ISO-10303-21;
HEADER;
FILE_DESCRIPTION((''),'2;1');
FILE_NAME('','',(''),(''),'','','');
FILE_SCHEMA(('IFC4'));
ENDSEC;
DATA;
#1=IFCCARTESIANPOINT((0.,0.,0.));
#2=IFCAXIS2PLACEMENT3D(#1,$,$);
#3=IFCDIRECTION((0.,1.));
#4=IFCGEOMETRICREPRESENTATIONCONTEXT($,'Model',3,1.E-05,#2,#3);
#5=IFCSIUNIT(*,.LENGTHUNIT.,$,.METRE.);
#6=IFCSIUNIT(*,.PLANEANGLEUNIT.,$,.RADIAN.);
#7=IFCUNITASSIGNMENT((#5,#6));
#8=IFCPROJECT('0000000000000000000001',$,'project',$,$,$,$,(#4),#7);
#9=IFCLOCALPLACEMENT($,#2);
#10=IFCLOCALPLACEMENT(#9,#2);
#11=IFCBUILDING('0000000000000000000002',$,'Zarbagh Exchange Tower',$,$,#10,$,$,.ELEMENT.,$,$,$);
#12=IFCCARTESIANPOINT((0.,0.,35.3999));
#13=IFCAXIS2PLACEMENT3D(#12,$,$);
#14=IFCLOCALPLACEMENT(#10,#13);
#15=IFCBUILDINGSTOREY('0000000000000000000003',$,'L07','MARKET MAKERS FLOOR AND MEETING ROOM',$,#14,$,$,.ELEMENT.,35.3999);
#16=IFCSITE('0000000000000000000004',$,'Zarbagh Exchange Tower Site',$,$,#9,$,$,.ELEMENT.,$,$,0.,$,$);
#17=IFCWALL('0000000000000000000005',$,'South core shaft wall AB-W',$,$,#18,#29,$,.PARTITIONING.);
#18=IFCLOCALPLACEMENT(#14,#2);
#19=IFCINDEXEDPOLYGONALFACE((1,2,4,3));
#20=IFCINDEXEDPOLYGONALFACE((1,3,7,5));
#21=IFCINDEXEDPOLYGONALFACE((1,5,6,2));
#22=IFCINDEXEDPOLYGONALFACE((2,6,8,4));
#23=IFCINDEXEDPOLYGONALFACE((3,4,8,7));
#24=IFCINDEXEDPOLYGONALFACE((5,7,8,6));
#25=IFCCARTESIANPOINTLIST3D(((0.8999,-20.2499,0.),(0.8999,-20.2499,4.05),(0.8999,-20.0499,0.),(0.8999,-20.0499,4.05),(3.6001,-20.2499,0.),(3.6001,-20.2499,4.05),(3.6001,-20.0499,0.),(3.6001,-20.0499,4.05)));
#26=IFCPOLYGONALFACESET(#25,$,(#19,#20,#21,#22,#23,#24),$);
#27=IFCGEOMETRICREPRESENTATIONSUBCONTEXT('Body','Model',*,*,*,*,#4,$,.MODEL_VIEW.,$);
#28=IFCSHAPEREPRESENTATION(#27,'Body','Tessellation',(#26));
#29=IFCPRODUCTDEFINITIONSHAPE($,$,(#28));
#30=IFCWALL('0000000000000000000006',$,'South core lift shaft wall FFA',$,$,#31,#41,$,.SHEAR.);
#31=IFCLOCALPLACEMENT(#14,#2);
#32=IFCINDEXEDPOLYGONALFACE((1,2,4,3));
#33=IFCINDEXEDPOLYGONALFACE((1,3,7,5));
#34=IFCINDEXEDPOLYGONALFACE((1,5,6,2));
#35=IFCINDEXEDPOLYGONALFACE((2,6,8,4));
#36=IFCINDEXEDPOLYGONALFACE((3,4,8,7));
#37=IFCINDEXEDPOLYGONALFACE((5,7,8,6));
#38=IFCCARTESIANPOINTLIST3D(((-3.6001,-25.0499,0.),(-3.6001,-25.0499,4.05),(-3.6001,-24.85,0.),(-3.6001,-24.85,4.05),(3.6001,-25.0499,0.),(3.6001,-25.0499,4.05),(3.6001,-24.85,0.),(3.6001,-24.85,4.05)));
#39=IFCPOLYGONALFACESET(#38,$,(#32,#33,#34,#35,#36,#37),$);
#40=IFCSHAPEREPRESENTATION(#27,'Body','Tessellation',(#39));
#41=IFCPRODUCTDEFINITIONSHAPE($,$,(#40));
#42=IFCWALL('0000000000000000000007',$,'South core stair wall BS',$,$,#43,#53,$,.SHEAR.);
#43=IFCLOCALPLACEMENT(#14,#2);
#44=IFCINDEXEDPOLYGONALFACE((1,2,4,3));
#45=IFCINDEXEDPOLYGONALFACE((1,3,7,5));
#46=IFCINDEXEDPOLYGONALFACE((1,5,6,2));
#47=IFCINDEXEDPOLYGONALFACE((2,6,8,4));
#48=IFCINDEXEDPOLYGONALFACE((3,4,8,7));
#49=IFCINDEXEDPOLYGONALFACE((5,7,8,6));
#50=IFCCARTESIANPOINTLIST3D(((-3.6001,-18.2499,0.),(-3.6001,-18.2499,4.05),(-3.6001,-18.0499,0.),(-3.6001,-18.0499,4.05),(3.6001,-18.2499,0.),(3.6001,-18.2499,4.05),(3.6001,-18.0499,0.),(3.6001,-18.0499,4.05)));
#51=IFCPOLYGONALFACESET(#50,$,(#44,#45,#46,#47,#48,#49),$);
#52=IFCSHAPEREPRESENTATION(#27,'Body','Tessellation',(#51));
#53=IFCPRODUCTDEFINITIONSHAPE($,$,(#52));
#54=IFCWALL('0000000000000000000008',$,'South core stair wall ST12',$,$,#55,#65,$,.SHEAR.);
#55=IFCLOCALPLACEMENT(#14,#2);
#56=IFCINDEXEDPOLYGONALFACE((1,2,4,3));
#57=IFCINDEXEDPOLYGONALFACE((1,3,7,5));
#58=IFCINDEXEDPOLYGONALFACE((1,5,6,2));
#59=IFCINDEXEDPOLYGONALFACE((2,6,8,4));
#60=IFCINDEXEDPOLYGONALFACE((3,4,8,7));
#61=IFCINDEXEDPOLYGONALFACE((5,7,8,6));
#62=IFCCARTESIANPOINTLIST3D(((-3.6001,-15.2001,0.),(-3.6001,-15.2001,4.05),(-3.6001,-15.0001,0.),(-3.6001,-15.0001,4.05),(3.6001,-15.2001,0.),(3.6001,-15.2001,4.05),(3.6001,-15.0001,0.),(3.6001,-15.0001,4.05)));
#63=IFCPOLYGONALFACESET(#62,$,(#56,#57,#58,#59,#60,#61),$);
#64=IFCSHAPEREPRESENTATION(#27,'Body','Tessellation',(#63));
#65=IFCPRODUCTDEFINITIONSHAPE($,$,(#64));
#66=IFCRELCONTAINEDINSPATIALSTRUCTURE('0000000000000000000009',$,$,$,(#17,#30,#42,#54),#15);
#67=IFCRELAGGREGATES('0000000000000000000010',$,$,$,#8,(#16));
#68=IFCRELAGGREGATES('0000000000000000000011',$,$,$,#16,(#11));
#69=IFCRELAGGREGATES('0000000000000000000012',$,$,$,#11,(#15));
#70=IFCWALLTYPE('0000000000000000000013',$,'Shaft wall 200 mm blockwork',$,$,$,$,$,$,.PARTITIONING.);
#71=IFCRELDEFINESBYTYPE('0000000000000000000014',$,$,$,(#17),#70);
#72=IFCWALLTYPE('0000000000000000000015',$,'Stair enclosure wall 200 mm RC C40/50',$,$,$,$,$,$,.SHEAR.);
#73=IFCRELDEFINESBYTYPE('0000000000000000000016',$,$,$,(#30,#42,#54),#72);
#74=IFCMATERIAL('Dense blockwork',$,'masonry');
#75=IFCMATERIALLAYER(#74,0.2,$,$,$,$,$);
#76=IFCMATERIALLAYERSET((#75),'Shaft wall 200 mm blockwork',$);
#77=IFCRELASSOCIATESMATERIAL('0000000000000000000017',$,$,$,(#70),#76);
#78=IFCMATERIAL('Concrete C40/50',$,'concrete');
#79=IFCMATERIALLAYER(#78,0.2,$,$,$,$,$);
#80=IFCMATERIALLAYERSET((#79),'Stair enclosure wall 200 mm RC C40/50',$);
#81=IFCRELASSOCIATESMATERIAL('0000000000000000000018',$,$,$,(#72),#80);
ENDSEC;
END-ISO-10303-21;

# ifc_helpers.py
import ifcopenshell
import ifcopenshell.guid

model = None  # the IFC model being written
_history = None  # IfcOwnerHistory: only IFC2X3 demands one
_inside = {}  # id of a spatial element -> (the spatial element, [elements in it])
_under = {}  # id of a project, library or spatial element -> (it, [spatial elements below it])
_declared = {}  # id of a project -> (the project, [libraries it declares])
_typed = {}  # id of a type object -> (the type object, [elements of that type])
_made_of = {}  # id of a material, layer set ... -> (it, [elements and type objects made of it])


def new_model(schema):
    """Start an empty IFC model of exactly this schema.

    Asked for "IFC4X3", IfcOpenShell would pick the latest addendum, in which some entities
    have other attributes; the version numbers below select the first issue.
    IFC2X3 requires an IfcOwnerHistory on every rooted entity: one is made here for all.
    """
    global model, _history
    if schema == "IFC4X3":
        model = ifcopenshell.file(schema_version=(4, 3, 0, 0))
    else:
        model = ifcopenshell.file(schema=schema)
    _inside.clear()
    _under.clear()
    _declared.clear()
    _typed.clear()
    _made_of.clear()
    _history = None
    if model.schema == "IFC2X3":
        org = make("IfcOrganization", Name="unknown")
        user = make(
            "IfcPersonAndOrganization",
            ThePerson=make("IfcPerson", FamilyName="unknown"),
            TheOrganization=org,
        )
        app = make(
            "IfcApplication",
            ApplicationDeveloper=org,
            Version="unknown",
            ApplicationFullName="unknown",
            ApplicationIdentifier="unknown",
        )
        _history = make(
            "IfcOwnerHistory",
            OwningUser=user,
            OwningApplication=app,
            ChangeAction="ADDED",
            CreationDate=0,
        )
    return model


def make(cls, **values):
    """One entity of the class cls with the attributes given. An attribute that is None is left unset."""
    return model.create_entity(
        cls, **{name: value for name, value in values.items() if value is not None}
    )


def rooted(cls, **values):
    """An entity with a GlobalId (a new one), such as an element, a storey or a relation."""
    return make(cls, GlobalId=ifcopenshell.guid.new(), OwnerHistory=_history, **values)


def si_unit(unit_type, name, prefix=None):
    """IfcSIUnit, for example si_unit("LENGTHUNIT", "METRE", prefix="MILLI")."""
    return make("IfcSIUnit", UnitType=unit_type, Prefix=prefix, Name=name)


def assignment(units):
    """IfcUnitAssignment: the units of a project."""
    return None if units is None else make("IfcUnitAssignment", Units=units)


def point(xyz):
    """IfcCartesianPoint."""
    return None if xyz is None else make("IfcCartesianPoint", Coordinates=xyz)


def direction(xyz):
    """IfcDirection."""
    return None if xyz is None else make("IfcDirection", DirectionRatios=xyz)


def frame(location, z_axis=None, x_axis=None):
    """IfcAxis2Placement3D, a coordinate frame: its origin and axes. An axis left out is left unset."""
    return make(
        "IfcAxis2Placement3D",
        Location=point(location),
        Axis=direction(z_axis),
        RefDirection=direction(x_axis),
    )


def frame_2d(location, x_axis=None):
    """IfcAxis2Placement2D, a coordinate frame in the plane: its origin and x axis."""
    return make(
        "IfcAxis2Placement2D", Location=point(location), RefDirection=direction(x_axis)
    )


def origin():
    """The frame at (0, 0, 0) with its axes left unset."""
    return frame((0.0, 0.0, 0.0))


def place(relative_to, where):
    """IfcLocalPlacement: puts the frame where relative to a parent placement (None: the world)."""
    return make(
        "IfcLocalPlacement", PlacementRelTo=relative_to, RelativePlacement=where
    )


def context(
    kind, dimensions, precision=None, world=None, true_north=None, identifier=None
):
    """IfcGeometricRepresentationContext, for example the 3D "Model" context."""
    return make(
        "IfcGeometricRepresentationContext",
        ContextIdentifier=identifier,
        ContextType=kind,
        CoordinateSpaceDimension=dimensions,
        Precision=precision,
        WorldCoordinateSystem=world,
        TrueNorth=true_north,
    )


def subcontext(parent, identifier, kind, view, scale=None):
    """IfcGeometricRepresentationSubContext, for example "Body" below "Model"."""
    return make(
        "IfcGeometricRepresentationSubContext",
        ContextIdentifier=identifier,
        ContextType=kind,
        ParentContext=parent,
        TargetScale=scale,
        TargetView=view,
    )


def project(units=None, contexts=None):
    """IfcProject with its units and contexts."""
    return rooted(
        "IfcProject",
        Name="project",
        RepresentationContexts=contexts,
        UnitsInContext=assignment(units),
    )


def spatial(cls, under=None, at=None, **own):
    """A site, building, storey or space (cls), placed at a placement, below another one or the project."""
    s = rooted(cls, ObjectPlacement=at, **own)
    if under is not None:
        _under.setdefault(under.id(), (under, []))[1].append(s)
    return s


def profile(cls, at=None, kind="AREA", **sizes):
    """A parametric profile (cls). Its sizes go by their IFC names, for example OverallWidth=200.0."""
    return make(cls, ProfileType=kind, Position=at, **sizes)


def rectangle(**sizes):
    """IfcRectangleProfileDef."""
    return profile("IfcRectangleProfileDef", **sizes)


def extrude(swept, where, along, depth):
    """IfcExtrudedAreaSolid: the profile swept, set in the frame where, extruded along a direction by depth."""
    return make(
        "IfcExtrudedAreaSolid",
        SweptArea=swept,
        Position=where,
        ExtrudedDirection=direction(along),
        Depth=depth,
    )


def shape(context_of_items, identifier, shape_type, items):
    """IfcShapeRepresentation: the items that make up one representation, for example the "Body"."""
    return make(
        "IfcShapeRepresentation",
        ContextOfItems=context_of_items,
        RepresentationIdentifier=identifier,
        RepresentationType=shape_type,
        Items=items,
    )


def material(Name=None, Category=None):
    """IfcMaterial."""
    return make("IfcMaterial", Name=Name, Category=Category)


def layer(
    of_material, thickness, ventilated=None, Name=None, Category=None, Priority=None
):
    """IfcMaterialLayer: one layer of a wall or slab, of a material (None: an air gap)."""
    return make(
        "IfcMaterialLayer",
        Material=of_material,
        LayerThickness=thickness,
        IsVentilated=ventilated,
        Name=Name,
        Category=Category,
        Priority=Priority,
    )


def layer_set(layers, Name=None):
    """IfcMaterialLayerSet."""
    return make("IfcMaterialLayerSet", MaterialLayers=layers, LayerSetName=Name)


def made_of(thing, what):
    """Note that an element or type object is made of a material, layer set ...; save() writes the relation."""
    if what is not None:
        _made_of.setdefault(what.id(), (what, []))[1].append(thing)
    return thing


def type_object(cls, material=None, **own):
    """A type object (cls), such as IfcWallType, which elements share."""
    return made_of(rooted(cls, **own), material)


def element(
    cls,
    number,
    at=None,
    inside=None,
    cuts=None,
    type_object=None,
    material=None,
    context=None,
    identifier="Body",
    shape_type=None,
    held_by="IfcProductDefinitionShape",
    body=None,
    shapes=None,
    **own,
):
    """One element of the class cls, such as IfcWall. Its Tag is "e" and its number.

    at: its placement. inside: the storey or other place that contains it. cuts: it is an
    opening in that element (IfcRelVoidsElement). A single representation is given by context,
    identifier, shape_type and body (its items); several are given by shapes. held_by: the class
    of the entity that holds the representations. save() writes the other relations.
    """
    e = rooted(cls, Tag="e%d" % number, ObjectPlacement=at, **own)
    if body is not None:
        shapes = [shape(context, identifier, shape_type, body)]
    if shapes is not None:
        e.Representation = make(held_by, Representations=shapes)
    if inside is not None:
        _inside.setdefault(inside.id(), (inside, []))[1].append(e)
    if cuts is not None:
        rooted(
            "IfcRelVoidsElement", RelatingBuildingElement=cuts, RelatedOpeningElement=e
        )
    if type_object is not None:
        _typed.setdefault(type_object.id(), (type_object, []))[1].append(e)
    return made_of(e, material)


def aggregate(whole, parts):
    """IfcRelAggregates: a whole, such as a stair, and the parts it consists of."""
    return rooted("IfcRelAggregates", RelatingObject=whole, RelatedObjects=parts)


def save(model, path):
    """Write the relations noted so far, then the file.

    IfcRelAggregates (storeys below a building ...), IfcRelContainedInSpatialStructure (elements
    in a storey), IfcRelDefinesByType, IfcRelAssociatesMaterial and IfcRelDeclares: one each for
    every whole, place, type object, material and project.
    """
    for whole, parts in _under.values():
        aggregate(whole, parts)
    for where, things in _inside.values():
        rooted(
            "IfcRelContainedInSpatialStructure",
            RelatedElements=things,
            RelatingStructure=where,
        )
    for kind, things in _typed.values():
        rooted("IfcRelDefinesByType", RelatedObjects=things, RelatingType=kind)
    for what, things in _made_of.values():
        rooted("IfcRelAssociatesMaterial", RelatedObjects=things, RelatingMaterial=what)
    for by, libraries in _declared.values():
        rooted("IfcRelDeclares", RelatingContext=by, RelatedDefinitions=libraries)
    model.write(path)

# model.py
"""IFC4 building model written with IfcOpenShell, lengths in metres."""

from ifc_helpers import new_model, si_unit, direction, frame, frame_2d, origin, place, context, subcontext, project, spatial, rectangle, extrude, material, layer, layer_set, type_object, element, save


model = new_model("IFC4")

# Units and contexts
model_context = context("Model", 3, precision=1e-05, world=origin(), true_north=direction((0.0, 1.0)))
body_context = subcontext(model_context, "Body", "Model", "MODEL_VIEW")
ifc_project = project(units=[si_unit("LENGTHUNIT", "METRE"), si_unit("PLANEANGLEUNIT", "RADIAN")], contexts=[model_context])

# Site, building, storey
site_placement = place(None, origin())
site = spatial("IfcSite", under=ifc_project, at=site_placement, Name="Zarbagh Exchange Tower Site", CompositionType="ELEMENT", RefElevation=0.0)
building_placement = place(site_placement, origin())
building = spatial("IfcBuilding", under=site, at=building_placement, Name="Zarbagh Exchange Tower", CompositionType="ELEMENT")
storey_placement = place(building_placement, frame((0.0, 0.0, 35.3999)))
storey = spatial("IfcBuildingStorey", under=building, at=storey_placement, Name="L07", Description="MARKET MAKERS FLOOR AND MEETING ROOM", CompositionType="ELEMENT", Elevation=35.3999)

# Shared definitions
ifc_material_1 = material(Name="Dense blockwork", Category="masonry")

# Walls
ifc_layer_1 = layer(ifc_material_1, 0.2)
ifc_layer_set_1 = layer_set([ifc_layer_1], Name="Shaft wall 200 mm blockwork")
wall_type_1 = type_object("IfcWallType", Name="Shaft wall 200 mm blockwork", PredefinedType="PARTITIONING", material=ifc_layer_set_1)
wall_1_placement = place(storey_placement, frame((3.6001, -20.1499, 0.0), z_axis=(0.0, 0.0, 1.0), x_axis=(-1.0, 0.0, 0.0)))
element("IfcWall", 1, at=wall_1_placement, inside=storey, type_object=wall_type_1, Name="South core shaft wall AB-W", PredefinedType="PARTITIONING", context=body_context, shape_type="SweptSolid", body=[
    extrude(rectangle(XDim=2.7002, YDim=0.2, at=frame_2d((1.3501, 0.0))), origin(), (0.0, 0.0, 1.0), 4.05),
])
ifc_material_2 = material(Name="Concrete C40/50", Category="concrete")
ifc_layer_2 = layer(ifc_material_2, 0.2)
ifc_layer_set_2 = layer_set([ifc_layer_2], Name="Stair enclosure wall 200 mm RC C40/50")
wall_type_2 = type_object("IfcWallType", Name="Stair enclosure wall 200 mm RC C40/50", PredefinedType="SHEAR", material=ifc_layer_set_2)
for number, where, z_axis, x_axis, name in (
    (2, (3.6001, -24.95, 0.0), (0.0, 0.0, 1.0), (-1.0, 0.0, 0.0), "South core lift shaft wall FFA"),
    (3, (3.6001, -18.1499, 0.0), (0.0, 0.0, 1.0), (-1.0, 0.0, 0.0), "South core stair wall BS"),
    (4, (3.6001, -15.1001, 0.0), (0.0, 0.0, 1.0), (-1.0, 0.0, 0.0), "South core stair wall ST12"),
):
    element("IfcWall", number, at=place(storey_placement, frame(where, z_axis=z_axis, x_axis=x_axis)), inside=storey, type_object=wall_type_2, Name=name, PredefinedType="SHEAR", context=body_context, shape_type="SweptSolid", body=[
        extrude(rectangle(XDim=7.2002, YDim=0.2, at=frame_2d((3.6001, 0.0))), origin(), (0.0, 0.0, 1.0), 4.05),
    ])

save(model, "model.ifc")
